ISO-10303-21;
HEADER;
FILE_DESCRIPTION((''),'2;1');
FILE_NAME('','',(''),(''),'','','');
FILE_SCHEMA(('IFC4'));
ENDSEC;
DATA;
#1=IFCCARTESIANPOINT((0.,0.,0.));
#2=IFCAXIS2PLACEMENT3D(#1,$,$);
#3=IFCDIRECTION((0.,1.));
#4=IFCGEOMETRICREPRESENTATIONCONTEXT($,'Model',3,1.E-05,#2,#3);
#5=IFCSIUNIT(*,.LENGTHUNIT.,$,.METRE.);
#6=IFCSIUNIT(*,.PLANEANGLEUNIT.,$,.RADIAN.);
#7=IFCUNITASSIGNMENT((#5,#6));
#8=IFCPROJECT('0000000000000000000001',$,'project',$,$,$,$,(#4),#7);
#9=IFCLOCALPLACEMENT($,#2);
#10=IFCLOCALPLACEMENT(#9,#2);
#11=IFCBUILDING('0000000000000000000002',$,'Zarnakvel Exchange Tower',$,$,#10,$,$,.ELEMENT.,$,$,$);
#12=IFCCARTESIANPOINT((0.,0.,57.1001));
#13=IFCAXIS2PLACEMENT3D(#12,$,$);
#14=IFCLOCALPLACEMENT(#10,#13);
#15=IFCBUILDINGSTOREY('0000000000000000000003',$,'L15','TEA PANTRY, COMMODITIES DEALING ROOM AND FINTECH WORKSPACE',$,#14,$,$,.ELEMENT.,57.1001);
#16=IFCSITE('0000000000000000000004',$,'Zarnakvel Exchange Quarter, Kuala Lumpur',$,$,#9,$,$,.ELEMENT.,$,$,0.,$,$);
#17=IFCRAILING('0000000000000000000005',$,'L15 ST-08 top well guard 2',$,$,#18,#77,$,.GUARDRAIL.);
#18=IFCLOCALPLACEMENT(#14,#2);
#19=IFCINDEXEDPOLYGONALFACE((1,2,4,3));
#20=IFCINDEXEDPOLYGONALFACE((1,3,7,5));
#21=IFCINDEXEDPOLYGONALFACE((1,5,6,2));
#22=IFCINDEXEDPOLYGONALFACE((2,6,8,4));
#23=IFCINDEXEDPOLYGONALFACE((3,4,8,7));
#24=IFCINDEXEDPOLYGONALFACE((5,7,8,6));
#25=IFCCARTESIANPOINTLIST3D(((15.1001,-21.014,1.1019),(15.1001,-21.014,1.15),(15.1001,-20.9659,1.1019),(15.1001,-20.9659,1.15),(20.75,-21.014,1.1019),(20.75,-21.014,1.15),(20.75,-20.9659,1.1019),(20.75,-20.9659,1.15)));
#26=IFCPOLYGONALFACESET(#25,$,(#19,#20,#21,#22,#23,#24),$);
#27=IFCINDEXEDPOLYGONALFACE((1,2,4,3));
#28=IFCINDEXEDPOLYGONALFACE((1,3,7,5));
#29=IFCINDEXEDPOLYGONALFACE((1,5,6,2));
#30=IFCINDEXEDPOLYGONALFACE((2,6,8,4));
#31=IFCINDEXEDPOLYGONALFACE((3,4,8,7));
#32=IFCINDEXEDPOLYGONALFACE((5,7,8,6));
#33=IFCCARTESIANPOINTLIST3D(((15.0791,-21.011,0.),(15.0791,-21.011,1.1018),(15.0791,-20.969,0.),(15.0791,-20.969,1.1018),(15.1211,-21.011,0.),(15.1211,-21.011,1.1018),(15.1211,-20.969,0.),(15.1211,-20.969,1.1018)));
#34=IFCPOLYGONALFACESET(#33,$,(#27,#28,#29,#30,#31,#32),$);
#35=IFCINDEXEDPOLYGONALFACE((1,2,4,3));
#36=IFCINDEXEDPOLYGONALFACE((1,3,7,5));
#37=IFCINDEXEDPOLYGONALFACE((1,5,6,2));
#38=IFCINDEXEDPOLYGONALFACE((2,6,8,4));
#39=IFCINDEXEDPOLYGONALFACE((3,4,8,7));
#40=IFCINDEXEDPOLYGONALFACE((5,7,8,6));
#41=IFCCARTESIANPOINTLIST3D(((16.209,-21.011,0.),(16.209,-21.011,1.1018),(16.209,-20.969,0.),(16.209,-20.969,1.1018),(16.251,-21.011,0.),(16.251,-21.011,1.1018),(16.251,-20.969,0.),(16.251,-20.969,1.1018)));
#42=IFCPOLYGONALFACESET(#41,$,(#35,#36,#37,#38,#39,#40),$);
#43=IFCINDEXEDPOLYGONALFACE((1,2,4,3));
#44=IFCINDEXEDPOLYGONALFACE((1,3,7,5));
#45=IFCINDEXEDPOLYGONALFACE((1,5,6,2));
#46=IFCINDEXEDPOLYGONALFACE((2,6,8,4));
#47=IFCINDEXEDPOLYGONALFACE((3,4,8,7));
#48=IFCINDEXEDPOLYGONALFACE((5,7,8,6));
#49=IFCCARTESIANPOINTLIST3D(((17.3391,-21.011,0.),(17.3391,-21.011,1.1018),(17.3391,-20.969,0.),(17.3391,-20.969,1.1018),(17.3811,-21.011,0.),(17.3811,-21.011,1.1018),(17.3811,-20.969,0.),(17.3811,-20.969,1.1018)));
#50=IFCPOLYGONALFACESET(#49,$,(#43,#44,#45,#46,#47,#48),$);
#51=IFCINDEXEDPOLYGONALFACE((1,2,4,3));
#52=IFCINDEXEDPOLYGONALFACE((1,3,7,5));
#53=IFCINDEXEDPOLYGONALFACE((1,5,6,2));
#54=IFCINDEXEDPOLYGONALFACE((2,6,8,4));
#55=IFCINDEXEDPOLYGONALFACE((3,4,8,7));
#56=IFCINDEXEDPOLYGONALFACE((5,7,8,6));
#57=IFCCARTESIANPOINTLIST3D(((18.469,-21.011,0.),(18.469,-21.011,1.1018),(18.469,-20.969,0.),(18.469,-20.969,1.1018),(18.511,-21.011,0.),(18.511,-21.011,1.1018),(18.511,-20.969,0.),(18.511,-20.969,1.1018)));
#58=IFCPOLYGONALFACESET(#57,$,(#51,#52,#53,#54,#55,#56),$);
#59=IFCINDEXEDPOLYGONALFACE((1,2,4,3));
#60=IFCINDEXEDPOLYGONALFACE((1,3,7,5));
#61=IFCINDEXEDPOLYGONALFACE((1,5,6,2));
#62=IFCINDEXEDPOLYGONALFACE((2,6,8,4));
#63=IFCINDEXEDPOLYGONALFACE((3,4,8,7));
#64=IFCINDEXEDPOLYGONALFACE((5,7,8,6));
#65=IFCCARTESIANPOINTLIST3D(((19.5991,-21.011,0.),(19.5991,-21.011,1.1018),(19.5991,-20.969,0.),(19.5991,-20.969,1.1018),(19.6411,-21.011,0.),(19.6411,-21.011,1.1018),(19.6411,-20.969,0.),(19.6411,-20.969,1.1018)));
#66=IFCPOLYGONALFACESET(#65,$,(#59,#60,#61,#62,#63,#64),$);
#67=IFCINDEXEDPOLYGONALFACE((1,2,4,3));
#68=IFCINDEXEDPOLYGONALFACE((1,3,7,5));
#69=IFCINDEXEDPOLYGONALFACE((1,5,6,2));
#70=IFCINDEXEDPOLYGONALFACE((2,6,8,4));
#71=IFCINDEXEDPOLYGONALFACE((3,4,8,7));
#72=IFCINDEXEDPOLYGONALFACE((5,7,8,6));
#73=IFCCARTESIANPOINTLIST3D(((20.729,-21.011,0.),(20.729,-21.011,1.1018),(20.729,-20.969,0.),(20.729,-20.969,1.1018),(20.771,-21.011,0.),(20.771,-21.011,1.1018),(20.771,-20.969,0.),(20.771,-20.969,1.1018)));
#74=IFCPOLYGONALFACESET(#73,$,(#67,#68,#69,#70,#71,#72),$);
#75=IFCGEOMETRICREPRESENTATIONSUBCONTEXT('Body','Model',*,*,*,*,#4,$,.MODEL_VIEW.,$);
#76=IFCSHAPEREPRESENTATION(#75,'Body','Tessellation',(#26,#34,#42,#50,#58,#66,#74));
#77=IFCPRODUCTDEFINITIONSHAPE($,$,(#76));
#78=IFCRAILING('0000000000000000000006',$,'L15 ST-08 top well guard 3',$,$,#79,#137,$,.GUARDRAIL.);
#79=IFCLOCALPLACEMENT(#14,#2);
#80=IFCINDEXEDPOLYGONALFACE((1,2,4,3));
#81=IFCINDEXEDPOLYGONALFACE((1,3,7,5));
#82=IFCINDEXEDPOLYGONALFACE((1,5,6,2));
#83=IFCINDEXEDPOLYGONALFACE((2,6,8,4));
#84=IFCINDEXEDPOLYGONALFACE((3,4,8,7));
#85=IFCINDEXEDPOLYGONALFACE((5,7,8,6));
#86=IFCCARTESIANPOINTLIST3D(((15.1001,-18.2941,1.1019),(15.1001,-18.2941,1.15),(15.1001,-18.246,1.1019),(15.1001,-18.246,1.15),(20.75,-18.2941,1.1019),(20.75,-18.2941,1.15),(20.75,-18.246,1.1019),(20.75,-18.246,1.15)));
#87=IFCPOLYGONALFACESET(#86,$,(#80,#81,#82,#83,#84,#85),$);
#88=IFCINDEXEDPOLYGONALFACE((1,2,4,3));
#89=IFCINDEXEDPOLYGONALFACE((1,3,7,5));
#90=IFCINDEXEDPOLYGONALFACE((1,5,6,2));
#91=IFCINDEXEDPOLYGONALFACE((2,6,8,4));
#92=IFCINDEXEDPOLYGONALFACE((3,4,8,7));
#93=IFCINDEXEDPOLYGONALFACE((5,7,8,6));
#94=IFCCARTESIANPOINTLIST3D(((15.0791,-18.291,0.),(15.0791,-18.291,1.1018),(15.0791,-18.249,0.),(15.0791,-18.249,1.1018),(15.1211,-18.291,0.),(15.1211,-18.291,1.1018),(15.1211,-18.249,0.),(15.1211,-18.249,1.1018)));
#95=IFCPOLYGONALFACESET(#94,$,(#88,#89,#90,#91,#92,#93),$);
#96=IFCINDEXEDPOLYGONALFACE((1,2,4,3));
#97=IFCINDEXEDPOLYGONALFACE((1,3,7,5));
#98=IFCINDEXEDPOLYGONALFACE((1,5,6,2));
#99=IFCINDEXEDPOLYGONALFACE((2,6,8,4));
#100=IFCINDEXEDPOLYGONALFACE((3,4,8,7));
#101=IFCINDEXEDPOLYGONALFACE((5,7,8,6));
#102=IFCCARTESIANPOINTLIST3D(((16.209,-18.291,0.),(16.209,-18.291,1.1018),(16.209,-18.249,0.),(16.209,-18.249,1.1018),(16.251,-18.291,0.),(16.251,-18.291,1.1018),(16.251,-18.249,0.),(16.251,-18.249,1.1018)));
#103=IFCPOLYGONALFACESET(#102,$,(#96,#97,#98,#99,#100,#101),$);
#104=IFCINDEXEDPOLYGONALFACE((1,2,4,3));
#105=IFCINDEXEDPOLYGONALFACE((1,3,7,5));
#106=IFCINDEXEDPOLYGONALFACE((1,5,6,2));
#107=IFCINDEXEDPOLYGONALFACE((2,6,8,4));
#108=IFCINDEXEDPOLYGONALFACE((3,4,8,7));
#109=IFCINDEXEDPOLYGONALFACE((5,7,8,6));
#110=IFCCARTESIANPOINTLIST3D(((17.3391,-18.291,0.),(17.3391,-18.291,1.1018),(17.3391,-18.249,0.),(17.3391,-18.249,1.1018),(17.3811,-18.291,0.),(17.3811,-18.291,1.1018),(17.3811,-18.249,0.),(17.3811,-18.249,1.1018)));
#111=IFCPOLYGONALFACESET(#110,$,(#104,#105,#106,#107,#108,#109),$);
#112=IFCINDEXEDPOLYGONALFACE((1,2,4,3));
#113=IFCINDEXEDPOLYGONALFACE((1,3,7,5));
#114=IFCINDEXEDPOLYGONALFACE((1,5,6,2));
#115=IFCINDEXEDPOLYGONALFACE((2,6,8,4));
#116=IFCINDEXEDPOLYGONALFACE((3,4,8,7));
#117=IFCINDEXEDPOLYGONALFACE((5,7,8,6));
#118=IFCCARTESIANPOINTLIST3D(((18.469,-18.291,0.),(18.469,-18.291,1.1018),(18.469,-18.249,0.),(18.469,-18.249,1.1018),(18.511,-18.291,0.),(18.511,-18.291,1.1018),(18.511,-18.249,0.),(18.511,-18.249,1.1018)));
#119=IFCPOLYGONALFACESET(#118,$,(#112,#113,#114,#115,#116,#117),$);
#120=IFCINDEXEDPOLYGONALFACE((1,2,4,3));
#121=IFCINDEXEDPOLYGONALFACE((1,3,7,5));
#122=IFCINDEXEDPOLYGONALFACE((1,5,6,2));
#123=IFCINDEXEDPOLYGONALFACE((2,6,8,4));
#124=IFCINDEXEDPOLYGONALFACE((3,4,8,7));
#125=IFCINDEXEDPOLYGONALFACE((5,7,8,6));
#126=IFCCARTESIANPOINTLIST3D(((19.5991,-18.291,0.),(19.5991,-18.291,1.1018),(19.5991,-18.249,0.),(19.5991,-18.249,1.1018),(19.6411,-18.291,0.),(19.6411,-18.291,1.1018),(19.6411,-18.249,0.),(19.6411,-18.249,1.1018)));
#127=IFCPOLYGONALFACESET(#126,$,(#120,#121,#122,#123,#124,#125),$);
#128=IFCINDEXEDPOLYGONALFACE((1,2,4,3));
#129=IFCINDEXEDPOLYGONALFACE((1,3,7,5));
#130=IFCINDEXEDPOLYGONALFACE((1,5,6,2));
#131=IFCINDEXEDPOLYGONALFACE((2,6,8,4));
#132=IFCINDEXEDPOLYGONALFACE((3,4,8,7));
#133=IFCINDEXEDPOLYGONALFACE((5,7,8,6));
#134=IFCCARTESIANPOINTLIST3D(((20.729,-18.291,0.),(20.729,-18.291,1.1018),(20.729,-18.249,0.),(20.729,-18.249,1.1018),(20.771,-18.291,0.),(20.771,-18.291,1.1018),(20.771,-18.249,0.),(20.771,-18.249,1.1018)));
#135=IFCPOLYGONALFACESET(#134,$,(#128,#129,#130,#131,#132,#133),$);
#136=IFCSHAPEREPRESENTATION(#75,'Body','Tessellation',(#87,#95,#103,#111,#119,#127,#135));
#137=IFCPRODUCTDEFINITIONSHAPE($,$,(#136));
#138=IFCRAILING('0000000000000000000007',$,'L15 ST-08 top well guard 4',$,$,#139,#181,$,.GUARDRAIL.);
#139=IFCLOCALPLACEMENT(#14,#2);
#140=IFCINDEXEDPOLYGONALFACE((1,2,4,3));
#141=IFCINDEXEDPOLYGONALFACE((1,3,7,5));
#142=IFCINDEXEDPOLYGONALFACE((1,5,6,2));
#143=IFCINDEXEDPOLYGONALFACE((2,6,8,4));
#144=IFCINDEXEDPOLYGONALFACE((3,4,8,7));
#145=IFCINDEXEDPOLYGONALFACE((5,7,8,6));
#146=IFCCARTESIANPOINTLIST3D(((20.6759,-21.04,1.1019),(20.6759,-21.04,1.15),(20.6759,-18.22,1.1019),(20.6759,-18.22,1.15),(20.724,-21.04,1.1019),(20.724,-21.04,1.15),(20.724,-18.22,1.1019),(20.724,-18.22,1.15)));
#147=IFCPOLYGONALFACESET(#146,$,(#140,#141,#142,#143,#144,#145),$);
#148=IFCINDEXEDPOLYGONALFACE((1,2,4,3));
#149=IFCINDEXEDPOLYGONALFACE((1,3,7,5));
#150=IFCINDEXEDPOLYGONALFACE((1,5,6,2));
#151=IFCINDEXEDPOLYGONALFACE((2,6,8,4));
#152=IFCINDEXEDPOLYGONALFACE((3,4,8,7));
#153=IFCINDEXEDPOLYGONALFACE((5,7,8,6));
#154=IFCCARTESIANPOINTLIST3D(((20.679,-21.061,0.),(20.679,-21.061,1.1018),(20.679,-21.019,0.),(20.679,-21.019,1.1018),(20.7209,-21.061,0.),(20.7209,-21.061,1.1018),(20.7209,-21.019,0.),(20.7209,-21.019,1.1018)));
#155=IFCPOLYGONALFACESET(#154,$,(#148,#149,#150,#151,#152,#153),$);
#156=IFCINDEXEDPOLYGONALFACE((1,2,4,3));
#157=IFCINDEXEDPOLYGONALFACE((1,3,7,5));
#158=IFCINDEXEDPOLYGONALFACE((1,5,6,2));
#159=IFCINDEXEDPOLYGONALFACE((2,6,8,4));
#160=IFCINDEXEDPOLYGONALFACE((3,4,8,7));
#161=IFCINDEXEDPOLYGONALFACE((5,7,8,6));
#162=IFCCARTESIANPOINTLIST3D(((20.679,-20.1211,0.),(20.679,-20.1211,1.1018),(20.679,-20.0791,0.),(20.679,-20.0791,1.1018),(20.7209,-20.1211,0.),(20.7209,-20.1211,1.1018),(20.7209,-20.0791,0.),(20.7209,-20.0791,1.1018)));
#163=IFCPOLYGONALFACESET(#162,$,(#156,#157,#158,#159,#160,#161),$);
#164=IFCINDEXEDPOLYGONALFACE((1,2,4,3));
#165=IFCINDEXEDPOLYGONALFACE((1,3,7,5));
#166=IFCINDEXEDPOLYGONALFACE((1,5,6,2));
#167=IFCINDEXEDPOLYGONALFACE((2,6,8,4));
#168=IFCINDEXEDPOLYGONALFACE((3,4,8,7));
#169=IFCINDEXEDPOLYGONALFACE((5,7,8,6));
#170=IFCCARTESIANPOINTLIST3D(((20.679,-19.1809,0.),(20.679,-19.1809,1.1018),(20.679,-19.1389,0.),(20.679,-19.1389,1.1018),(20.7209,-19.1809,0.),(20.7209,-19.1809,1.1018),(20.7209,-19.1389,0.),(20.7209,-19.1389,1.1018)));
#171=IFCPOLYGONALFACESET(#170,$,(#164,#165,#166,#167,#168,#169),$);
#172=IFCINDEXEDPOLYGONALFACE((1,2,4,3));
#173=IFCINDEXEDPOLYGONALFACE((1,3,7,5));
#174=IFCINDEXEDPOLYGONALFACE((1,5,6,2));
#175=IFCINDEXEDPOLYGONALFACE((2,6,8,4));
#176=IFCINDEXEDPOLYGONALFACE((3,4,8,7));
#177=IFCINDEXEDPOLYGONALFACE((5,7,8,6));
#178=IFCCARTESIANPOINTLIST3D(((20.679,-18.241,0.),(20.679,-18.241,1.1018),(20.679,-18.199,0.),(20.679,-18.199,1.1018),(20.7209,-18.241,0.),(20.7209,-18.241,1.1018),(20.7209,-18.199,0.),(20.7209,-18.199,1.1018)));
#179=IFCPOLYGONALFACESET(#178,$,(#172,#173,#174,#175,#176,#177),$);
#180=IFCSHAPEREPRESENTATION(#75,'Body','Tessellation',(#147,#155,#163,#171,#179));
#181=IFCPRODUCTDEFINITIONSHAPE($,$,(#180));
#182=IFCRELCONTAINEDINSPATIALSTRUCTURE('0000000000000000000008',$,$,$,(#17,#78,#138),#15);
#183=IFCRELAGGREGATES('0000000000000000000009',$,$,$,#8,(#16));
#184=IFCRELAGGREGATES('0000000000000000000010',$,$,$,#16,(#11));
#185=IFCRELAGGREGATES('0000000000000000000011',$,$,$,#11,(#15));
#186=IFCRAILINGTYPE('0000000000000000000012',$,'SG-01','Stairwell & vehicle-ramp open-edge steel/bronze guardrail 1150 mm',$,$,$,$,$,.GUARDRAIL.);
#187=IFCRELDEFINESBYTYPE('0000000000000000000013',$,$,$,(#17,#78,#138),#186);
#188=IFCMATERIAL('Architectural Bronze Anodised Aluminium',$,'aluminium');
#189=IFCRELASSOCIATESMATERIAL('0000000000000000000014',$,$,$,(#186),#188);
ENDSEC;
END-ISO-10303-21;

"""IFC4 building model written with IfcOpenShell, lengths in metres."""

from ifc_helpers import new_model, si_unit, direction, frame, origin, origin_2d, place, context, subcontext, project, spatial, rectangle, extrude, material, type_object, element, save


model = new_model("IFC4")

# Units and contexts
model_context = context("Model", 3, precision=1e-05, world=origin(), true_north=direction((0.0, 1.0)))
body_context = subcontext(model_context, "Body", "Model", "MODEL_VIEW")
ifc_project = project(units=[si_unit("LENGTHUNIT", "METRE"), si_unit("PLANEANGLEUNIT", "RADIAN")], contexts=[model_context])

# Site, building, storey
site_placement = place(None, origin())
site = spatial("IfcSite", under=ifc_project, at=site_placement, Name="Zarnakvel Exchange Quarter, Kuala Lumpur", CompositionType="ELEMENT", RefElevation=0.0)
building_placement = place(site_placement, origin())
building = spatial("IfcBuilding", under=site, at=building_placement, Name="Zarnakvel Exchange Tower", CompositionType="ELEMENT")
storey_placement = place(building_placement, frame((0.0, 0.0, 57.1001)))
storey = spatial("IfcBuildingStorey", under=building, at=storey_placement, Name="L15", Description="TEA PANTRY, COMMODITIES DEALING ROOM AND FINTECH WORKSPACE", CompositionType="ELEMENT", Elevation=57.1001)

# Shared definitions
ifc_material_1 = material(Name="Architectural Bronze Anodised Aluminium", Category="aluminium")

# Railings
railing_type_1 = type_object("IfcRailingType", Name="SG-01", Description="Stairwell & vehicle-ramp open-edge steel/bronze guardrail 1150 mm", PredefinedType="GUARDRAIL", material=ifc_material_1)
for number, where, name in (
    (1, (15.1001, -20.99, 0.0), "L15 ST-08 top well guard 2"),
    (2, (15.1001, -18.27, 0.0), "L15 ST-08 top well guard 3"),
):
    element("IfcRailing", number, at=place(storey_placement, frame(where)), inside=storey, type_object=railing_type_1, Name=name, PredefinedType="GUARDRAIL", context=body_context, shape_type="SweptSolid", body=[
        extrude(rectangle(XDim=0.0481, YDim=0.0481, at=origin_2d()), frame((0.0, 0.0, 1.126), z_axis=(1.0, 0.0, 0.0), x_axis=(0.0, 1.0, 0.0)), (0.0, 0.0, 1.0), 5.6499),
        extrude(rectangle(XDim=0.042, YDim=0.042, at=origin_2d()), origin(), (0.0, 0.0, 1.0), 1.1018),
        extrude(rectangle(XDim=0.042, YDim=0.042, at=origin_2d()), frame((1.1299, 0.0, 0.0)), (0.0, 0.0, 1.0), 1.1018),
        extrude(rectangle(XDim=0.042, YDim=0.042, at=origin_2d()), frame((2.26, 0.0, 0.0)), (0.0, 0.0, 1.0), 1.1018),
        extrude(rectangle(XDim=0.042, YDim=0.042, at=origin_2d()), frame((3.3899, 0.0, 0.0)), (0.0, 0.0, 1.0), 1.1018),
        extrude(rectangle(XDim=0.042, YDim=0.042, at=origin_2d()), frame((4.52, 0.0, 0.0)), (0.0, 0.0, 1.0), 1.1018),
        extrude(rectangle(XDim=0.042, YDim=0.042, at=origin_2d()), frame((5.6499, 0.0, 0.0)), (0.0, 0.0, 1.0), 1.1018),
    ])
railing_1_placement = place(storey_placement, frame((20.7, -21.04, 0.0)))
element("IfcRailing", 3, at=railing_1_placement, inside=storey, type_object=railing_type_1, Name="L15 ST-08 top well guard 4", PredefinedType="GUARDRAIL", context=body_context, shape_type="SweptSolid", body=[
    extrude(rectangle(XDim=0.0481, YDim=0.0481, at=origin_2d()), frame((0.0, 0.0, 1.126), z_axis=(0.0, 1.0, 0.0), x_axis=(-1.0, 0.0, 0.0)), (0.0, 0.0, 1.0), 2.8201),
    extrude(rectangle(XDim=0.042, YDim=0.042, at=origin_2d()), origin(), (0.0, 0.0, 1.0), 1.1018),
    extrude(rectangle(XDim=0.042, YDim=0.042, at=origin_2d()), frame((0.0, 0.9399, 0.0)), (0.0, 0.0, 1.0), 1.1018),
    extrude(rectangle(XDim=0.042, YDim=0.042, at=origin_2d()), frame((0.0, 1.8801, 0.0)), (0.0, 0.0, 1.0), 1.1018),
    extrude(rectangle(XDim=0.042, YDim=0.042, at=origin_2d()), frame((0.0, 2.8201, 0.0)), (0.0, 0.0, 1.0), 1.1018),
])

save(model, "model.ifc")
